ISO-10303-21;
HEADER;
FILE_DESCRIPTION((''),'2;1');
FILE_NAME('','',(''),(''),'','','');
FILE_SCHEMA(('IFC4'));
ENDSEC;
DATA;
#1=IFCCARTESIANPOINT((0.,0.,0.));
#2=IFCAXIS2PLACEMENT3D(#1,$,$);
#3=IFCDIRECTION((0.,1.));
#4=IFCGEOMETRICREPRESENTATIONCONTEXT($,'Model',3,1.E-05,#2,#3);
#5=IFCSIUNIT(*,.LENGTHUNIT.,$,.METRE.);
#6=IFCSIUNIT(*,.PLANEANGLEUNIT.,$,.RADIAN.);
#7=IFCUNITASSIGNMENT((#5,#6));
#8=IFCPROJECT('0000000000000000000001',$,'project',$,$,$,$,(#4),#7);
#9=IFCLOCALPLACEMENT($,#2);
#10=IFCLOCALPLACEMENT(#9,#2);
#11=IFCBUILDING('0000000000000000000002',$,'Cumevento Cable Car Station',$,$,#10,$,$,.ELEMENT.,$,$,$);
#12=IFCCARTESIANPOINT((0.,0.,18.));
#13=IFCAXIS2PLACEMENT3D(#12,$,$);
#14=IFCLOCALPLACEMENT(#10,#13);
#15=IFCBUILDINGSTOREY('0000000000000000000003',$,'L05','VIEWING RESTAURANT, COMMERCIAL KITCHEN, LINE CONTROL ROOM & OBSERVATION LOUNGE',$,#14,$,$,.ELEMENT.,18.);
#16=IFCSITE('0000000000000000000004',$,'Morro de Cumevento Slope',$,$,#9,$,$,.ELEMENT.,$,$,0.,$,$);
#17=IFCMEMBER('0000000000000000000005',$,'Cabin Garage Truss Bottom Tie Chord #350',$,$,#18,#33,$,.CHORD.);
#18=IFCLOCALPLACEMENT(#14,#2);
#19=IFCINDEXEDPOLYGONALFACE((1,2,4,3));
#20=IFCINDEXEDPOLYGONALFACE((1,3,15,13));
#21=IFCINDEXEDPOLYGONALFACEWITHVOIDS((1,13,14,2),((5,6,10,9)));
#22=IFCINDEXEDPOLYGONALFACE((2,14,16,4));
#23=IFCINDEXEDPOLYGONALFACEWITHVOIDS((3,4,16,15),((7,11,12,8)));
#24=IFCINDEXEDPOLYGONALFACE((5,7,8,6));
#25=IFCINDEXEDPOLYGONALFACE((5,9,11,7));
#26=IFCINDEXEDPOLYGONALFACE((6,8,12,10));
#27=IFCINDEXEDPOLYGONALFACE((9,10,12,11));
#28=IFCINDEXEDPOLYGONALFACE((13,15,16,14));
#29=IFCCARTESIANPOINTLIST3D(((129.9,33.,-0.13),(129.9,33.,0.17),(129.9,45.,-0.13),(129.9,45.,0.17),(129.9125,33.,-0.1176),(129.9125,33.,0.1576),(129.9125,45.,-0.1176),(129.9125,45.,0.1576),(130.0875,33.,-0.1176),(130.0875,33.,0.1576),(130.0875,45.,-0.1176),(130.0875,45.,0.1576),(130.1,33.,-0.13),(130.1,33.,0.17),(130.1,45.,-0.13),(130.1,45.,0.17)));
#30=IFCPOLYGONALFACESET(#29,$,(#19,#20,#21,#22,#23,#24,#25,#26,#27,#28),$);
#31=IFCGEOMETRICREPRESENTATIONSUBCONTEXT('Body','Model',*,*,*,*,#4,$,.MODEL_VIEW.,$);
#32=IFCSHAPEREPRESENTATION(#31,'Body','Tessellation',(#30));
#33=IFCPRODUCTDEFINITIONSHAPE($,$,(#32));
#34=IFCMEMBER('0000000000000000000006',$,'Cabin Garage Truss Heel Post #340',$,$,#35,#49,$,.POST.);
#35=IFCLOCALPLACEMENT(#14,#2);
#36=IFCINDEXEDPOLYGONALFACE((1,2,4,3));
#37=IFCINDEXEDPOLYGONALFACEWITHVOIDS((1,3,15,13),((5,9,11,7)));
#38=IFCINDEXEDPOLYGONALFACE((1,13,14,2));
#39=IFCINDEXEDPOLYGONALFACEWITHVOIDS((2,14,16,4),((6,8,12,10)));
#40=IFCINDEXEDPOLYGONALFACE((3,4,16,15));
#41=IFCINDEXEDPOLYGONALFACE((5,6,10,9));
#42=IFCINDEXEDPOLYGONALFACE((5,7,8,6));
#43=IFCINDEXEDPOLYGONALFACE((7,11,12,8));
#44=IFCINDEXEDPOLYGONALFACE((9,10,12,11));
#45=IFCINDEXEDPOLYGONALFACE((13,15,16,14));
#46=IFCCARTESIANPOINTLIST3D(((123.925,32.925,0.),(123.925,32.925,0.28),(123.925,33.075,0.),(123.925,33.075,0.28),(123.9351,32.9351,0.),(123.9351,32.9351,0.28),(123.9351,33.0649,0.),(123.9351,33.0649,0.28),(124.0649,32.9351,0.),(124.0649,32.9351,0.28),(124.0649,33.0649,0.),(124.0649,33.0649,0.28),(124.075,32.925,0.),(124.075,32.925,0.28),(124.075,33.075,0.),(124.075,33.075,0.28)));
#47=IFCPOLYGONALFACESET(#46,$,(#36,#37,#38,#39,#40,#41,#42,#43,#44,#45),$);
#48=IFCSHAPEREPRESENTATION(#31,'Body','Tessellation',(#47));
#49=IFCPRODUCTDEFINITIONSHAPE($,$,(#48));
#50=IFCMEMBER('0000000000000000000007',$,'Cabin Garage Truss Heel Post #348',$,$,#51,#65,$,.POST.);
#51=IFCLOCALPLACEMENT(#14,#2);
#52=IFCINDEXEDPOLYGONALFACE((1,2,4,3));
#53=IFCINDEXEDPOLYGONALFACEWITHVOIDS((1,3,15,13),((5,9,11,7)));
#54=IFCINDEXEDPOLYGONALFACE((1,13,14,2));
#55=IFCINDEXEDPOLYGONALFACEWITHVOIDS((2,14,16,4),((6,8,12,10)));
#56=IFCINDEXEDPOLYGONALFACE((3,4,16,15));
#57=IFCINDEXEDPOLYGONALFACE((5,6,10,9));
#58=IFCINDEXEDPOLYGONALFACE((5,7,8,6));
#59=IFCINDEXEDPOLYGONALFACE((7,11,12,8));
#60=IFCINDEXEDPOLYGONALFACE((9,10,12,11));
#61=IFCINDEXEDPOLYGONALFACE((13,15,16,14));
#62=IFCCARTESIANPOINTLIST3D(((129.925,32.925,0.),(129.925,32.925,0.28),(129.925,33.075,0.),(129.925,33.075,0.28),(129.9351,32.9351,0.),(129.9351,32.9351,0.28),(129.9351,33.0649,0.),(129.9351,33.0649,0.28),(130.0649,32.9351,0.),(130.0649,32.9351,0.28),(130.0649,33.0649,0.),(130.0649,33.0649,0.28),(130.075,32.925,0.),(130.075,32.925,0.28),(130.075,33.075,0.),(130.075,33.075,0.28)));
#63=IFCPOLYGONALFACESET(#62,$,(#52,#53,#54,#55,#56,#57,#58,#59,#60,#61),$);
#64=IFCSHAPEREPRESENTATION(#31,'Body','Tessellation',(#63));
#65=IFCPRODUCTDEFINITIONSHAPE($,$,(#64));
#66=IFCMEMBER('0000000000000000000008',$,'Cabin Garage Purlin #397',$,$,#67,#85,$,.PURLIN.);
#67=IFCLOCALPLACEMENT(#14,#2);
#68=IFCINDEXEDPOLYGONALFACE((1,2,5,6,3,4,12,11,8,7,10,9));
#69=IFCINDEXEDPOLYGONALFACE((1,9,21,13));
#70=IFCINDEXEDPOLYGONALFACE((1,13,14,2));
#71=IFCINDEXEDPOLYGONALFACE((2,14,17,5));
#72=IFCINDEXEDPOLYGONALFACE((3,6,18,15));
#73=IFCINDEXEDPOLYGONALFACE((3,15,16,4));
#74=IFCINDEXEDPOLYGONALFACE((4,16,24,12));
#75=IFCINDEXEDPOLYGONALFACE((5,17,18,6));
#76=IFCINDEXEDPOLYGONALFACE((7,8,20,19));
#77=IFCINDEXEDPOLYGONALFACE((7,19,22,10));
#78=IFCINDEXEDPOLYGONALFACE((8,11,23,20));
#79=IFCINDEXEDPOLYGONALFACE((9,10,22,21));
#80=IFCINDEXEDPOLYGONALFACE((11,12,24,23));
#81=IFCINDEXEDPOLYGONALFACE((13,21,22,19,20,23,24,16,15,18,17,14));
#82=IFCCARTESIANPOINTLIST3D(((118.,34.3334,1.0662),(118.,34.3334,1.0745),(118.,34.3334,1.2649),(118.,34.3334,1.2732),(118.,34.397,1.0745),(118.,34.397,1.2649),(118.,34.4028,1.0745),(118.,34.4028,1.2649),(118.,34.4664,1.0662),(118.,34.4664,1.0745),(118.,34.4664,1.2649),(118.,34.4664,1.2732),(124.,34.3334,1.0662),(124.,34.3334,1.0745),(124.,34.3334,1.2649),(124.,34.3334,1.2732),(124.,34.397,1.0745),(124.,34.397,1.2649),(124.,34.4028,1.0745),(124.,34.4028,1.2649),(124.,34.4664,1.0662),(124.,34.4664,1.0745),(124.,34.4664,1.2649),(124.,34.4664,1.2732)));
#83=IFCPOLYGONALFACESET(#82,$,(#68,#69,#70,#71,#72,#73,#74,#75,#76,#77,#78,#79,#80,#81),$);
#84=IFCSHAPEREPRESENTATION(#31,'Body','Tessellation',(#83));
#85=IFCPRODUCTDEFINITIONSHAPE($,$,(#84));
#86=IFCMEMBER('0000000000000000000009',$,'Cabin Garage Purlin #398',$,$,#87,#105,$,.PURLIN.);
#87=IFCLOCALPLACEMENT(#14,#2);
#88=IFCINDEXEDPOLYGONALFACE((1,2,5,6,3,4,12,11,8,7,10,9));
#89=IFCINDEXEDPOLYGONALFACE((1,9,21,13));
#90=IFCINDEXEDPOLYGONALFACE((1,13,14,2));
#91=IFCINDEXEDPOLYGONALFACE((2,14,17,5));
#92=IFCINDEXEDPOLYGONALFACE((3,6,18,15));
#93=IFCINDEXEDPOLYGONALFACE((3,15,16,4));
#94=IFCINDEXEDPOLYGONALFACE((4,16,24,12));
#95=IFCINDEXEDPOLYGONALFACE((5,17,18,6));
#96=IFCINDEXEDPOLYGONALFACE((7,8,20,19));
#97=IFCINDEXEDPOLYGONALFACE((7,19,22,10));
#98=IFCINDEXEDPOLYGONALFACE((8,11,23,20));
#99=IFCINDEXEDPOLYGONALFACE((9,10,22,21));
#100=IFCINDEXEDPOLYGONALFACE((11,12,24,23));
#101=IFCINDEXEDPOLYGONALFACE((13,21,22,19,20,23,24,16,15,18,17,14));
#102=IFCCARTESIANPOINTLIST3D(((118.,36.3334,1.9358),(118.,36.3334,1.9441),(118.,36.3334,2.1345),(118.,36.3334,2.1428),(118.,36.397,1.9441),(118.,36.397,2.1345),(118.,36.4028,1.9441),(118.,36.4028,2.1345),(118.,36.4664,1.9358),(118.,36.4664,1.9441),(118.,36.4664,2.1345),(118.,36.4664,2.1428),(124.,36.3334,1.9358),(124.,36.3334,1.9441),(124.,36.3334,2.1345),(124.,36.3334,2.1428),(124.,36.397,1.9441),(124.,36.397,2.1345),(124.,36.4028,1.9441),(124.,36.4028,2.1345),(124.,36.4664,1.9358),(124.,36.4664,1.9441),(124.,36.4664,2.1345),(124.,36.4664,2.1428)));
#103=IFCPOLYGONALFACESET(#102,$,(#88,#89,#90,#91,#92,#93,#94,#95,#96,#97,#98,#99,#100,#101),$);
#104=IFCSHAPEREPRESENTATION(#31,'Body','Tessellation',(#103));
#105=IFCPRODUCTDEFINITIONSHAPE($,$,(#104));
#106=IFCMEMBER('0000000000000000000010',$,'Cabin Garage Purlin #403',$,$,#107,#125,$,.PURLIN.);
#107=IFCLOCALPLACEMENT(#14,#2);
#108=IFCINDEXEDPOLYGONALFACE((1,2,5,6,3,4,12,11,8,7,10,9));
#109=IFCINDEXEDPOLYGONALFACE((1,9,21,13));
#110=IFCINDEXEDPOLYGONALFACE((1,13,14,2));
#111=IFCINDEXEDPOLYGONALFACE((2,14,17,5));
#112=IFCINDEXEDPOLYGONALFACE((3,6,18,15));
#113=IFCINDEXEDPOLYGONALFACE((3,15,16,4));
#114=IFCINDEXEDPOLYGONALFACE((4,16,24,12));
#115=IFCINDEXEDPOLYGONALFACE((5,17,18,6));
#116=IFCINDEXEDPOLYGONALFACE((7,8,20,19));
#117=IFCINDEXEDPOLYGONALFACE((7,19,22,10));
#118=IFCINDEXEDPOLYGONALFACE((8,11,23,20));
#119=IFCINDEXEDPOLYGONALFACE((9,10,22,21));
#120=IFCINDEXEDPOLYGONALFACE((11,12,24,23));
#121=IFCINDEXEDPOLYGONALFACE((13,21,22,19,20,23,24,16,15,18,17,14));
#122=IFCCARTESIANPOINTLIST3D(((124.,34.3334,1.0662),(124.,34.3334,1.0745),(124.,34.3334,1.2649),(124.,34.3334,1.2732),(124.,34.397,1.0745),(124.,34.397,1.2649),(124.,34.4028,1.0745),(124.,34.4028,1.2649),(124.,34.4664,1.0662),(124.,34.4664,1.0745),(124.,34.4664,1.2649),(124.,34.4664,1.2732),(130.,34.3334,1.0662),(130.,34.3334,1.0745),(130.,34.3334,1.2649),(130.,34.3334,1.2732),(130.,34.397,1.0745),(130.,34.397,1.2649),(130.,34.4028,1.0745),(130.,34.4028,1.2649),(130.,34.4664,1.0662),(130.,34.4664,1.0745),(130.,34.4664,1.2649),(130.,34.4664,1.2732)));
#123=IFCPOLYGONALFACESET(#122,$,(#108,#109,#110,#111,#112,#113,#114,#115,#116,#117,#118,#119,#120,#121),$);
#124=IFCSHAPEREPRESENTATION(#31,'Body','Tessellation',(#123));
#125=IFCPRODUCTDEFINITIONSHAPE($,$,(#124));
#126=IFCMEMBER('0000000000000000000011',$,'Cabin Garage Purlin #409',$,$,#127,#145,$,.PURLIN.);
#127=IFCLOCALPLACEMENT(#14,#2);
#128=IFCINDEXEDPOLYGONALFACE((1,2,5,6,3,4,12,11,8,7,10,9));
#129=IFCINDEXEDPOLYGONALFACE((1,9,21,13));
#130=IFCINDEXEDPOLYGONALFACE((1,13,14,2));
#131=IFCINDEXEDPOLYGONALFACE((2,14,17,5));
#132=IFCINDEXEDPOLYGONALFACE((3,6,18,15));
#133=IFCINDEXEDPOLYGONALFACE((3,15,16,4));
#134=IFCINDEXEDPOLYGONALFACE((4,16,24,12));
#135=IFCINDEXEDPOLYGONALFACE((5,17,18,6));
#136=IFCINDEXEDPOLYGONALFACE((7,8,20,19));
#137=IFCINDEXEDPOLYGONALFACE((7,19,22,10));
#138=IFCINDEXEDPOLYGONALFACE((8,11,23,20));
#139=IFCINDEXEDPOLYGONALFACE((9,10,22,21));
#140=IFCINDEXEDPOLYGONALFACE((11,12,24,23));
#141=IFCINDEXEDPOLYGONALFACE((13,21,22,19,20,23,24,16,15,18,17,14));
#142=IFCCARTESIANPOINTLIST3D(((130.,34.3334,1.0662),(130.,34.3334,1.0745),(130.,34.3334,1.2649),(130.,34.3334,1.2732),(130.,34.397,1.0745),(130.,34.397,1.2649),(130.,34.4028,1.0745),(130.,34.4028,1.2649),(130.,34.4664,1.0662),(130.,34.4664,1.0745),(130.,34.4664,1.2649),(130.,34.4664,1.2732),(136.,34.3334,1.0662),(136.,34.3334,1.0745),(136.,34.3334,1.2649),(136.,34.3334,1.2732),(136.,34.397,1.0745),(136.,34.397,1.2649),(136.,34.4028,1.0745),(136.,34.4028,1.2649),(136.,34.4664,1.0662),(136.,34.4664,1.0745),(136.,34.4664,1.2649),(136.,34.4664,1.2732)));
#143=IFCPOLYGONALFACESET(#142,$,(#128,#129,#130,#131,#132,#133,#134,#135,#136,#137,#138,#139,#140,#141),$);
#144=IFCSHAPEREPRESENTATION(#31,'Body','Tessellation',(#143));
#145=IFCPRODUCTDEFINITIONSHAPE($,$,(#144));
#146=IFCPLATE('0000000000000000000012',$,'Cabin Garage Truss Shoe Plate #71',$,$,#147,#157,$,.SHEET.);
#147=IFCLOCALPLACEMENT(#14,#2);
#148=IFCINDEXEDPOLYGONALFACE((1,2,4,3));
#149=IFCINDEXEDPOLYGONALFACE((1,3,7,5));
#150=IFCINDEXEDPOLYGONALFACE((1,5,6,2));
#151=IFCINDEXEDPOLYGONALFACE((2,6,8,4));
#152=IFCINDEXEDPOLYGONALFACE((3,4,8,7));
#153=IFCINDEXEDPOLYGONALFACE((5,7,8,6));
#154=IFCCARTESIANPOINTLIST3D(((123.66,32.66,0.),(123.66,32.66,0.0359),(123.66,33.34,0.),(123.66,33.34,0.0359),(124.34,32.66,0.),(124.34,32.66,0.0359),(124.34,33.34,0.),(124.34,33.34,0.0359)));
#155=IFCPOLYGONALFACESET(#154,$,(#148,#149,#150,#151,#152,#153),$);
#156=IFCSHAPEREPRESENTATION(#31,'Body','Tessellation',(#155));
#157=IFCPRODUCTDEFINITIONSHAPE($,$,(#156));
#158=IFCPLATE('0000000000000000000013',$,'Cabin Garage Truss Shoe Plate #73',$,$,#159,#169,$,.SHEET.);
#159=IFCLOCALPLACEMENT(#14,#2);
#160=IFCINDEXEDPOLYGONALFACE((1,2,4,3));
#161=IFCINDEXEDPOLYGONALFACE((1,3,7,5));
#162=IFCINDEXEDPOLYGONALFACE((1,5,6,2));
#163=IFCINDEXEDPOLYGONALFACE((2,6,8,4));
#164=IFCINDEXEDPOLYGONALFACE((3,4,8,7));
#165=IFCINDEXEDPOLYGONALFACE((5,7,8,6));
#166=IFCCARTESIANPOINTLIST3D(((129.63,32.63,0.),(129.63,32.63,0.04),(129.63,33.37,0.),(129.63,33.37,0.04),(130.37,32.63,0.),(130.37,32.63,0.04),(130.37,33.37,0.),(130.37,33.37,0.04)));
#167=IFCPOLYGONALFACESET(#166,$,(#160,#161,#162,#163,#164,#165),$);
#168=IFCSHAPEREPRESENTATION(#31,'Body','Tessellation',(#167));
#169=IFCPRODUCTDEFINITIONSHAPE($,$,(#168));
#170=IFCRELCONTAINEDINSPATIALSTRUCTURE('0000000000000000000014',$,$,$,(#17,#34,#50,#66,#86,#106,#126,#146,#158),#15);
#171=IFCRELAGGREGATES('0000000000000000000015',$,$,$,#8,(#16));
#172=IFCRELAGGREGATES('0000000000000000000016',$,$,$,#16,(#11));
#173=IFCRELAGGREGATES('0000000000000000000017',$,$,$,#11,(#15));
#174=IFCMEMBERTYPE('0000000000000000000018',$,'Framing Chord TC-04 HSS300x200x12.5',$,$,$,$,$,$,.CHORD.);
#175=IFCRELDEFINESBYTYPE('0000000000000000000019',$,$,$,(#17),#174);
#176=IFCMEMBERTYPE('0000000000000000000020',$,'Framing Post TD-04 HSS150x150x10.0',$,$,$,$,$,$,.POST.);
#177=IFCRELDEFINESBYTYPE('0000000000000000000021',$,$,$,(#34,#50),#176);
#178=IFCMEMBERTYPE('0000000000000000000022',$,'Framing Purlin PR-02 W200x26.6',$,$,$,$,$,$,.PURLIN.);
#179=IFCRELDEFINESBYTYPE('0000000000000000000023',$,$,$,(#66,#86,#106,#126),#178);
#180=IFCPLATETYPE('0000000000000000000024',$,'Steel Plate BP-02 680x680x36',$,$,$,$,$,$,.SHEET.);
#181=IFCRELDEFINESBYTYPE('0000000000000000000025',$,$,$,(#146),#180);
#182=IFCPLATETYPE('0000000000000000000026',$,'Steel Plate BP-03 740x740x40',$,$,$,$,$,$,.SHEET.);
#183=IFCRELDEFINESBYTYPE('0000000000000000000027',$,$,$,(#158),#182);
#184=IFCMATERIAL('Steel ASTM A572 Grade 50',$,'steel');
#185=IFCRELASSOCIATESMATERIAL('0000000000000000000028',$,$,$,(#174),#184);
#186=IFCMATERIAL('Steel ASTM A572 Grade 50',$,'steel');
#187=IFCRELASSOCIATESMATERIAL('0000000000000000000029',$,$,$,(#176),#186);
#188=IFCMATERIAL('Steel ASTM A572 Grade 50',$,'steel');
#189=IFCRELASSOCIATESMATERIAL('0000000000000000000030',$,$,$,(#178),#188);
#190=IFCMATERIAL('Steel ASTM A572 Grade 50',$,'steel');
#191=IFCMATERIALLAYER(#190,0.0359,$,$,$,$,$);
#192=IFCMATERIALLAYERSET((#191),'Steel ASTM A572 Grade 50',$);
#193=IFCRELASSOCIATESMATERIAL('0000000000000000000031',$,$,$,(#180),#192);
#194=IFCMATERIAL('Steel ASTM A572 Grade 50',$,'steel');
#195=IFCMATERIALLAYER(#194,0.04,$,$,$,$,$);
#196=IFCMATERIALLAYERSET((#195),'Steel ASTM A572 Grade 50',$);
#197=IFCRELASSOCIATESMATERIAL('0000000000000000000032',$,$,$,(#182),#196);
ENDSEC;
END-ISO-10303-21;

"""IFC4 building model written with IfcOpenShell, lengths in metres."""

from ifc_helpers import new_model, si_unit, direction, frame, origin, origin_2d, place, context, subcontext, project, spatial, rectangle, hollow_rectangle, i_section, extrude, material, layer, layer_set, material_profile, profile_set, type_object, element, save


model = new_model("IFC4")

# Units and contexts
model_context = context("Model", 3, precision=1e-05, world=origin(), true_north=direction((0.0, 1.0)))
body_context = subcontext(model_context, "Body", "Model", "MODEL_VIEW")
ifc_project = project(units=[si_unit("LENGTHUNIT", "METRE"), si_unit("PLANEANGLEUNIT", "RADIAN")], contexts=[model_context])

# Site, building, storey
site_placement = place(None, origin())
site = spatial("IfcSite", under=ifc_project, at=site_placement, Name="Morro de Cumevento Slope", CompositionType="ELEMENT", RefElevation=0.0)
building_placement = place(site_placement, origin())
building = spatial("IfcBuilding", under=site, at=building_placement, Name="Cumevento Cable Car Station", CompositionType="ELEMENT")
storey_placement = place(building_placement, frame((0.0, 0.0, 18.0)))
storey = spatial("IfcBuildingStorey", under=building, at=storey_placement, Name="L05", Description="VIEWING RESTAURANT, COMMERCIAL KITCHEN, LINE CONTROL ROOM & OBSERVATION LOUNGE", CompositionType="ELEMENT", Elevation=18.0)

# Members
ifc_material_1 = material(Name="Steel ASTM A572 Grade 50", Category="steel")
ifc_material_profile_1 = material_profile(ifc_material_1, hollow_rectangle(XDim=0.2, YDim=0.3, WallThickness=0.0125, at=origin_2d()), Name="HSS300x200x12.5")
ifc_profile_set_1 = profile_set([ifc_material_profile_1], Name="Steel ASTM A572 Grade 50")
member_type_1 = type_object("IfcMemberType", Name="Framing Chord TC-04 HSS300x200x12.5", PredefinedType="CHORD", material=ifc_profile_set_1)
for number, where, z_axis, x_axis, name in (
    (1, (130.0, 33.0, 0.02), (0.0, 1.0, 0.0), (-1.0, 0.0, 0.0), "Cabin Garage Truss Bottom Tie Chord #350"),
):
    element("IfcMember", number, at=place(storey_placement, frame(where, z_axis=z_axis, x_axis=x_axis)), inside=storey, type_object=member_type_1, Name=name, PredefinedType="CHORD", context=body_context, shape_type="SweptSolid", body=[
        extrude(hollow_rectangle(XDim=0.2, YDim=0.3, WallThickness=0.0125, at=origin_2d()), origin(), (0.0, 0.0, 1.0), 12.0),
    ])
ifc_material_2 = material(Name="Steel ASTM A572 Grade 50", Category="steel")
ifc_material_profile_2 = material_profile(ifc_material_2, hollow_rectangle(XDim=0.1499, YDim=0.1499, WallThickness=0.01, at=origin_2d()), Name="HSS150x150x10.0")
ifc_profile_set_2 = profile_set([ifc_material_profile_2], Name="Steel ASTM A572 Grade 50")
member_type_2 = type_object("IfcMemberType", Name="Framing Post TD-04 HSS150x150x10.0", PredefinedType="POST", material=ifc_profile_set_2)
for number, where, z_axis, x_axis, name in (
    (2, (124.0, 33.0, 0.0), (0.0, 0.0, 1.0), (1.0, 0.0, 0.0), "Cabin Garage Truss Heel Post #340"),
    (3, (130.0, 33.0, 0.0), (0.0, 0.0, 1.0), (1.0, 0.0, 0.0), "Cabin Garage Truss Heel Post #348"),
):
    element("IfcMember", number, at=place(storey_placement, frame(where, z_axis=z_axis, x_axis=x_axis)), inside=storey, type_object=member_type_2, Name=name, PredefinedType="POST", context=body_context, shape_type="SweptSolid", body=[
        extrude(hollow_rectangle(XDim=0.1499, YDim=0.1499, WallThickness=0.01, at=origin_2d()), origin(), (0.0, 0.0, 1.0), 0.28),
    ])
ifc_material_3 = material(Name="Steel ASTM A572 Grade 50", Category="steel")
ifc_material_profile_3 = material_profile(ifc_material_3, i_section(OverallWidth=0.1331, OverallDepth=0.207, WebThickness=0.0059, FlangeThickness=0.0083, at=origin_2d()), Name="W200x26.6")
ifc_profile_set_3 = profile_set([ifc_material_profile_3], Name="Steel ASTM A572 Grade 50")
member_type_3 = type_object("IfcMemberType", Name="Framing Purlin PR-02 W200x26.6", PredefinedType="PURLIN", material=ifc_profile_set_3)
for number, where, z_axis, x_axis, name in (
    (4, (118.0, 34.3999, 1.1697), (1.0, 0.0, 0.0), (0.0, 1.0, 0.0), "Cabin Garage Purlin #397"),
    (5, (118.0, 36.3999, 2.0393), (1.0, 0.0, 0.0), (0.0, 1.0, 0.0), "Cabin Garage Purlin #398"),
    (6, (124.0, 34.3999, 1.1697), (1.0, 0.0, 0.0), (0.0, 1.0, 0.0), "Cabin Garage Purlin #403"),
    (7, (130.0, 34.3999, 1.1697), (1.0, 0.0, 0.0), (0.0, 1.0, 0.0), "Cabin Garage Purlin #409"),
):
    element("IfcMember", number, at=place(storey_placement, frame(where, z_axis=z_axis, x_axis=x_axis)), inside=storey, type_object=member_type_3, Name=name, PredefinedType="PURLIN", context=body_context, shape_type="SweptSolid", body=[
        extrude(i_section(OverallWidth=0.1331, OverallDepth=0.207, WebThickness=0.0059, FlangeThickness=0.0083, at=origin_2d()), origin(), (0.0, 0.0, 1.0), 6.0),
    ])

# Plates
ifc_material_4 = material(Name="Steel ASTM A572 Grade 50", Category="steel")
ifc_layer_1 = layer(ifc_material_4, 0.0359)
ifc_layer_set_1 = layer_set([ifc_layer_1], Name="Steel ASTM A572 Grade 50")
plate_type_1 = type_object("IfcPlateType", Name="Steel Plate BP-02 680x680x36", PredefinedType="SHEET", material=ifc_layer_set_1)
plate_1_placement = place(storey_placement, frame((124.0, 33.0, 0.0), z_axis=(0.0, 0.0, 1.0), x_axis=(1.0, 0.0, 0.0)))
element("IfcPlate", 8, at=plate_1_placement, inside=storey, type_object=plate_type_1, Name="Cabin Garage Truss Shoe Plate #71", PredefinedType="SHEET", context=body_context, shape_type="SweptSolid", body=[
    extrude(rectangle(XDim=0.6799, YDim=0.6799, at=origin_2d()), origin(), (0.0, 0.0, 1.0), 0.0359),
])
ifc_material_5 = material(Name="Steel ASTM A572 Grade 50", Category="steel")
ifc_layer_2 = layer(ifc_material_5, 0.04)
ifc_layer_set_2 = layer_set([ifc_layer_2], Name="Steel ASTM A572 Grade 50")
plate_type_2 = type_object("IfcPlateType", Name="Steel Plate BP-03 740x740x40", PredefinedType="SHEET", material=ifc_layer_set_2)
plate_2_placement = place(storey_placement, frame((130.0, 33.0, 0.0), z_axis=(0.0, 0.0, 1.0), x_axis=(1.0, 0.0, 0.0)))
element("IfcPlate", 9, at=plate_2_placement, inside=storey, type_object=plate_type_2, Name="Cabin Garage Truss Shoe Plate #73", PredefinedType="SHEET", context=body_context, shape_type="SweptSolid", body=[
    extrude(rectangle(XDim=0.74, YDim=0.74, at=origin_2d()), origin(), (0.0, 0.0, 1.0), 0.04),
])

save(model, "model.ifc")
